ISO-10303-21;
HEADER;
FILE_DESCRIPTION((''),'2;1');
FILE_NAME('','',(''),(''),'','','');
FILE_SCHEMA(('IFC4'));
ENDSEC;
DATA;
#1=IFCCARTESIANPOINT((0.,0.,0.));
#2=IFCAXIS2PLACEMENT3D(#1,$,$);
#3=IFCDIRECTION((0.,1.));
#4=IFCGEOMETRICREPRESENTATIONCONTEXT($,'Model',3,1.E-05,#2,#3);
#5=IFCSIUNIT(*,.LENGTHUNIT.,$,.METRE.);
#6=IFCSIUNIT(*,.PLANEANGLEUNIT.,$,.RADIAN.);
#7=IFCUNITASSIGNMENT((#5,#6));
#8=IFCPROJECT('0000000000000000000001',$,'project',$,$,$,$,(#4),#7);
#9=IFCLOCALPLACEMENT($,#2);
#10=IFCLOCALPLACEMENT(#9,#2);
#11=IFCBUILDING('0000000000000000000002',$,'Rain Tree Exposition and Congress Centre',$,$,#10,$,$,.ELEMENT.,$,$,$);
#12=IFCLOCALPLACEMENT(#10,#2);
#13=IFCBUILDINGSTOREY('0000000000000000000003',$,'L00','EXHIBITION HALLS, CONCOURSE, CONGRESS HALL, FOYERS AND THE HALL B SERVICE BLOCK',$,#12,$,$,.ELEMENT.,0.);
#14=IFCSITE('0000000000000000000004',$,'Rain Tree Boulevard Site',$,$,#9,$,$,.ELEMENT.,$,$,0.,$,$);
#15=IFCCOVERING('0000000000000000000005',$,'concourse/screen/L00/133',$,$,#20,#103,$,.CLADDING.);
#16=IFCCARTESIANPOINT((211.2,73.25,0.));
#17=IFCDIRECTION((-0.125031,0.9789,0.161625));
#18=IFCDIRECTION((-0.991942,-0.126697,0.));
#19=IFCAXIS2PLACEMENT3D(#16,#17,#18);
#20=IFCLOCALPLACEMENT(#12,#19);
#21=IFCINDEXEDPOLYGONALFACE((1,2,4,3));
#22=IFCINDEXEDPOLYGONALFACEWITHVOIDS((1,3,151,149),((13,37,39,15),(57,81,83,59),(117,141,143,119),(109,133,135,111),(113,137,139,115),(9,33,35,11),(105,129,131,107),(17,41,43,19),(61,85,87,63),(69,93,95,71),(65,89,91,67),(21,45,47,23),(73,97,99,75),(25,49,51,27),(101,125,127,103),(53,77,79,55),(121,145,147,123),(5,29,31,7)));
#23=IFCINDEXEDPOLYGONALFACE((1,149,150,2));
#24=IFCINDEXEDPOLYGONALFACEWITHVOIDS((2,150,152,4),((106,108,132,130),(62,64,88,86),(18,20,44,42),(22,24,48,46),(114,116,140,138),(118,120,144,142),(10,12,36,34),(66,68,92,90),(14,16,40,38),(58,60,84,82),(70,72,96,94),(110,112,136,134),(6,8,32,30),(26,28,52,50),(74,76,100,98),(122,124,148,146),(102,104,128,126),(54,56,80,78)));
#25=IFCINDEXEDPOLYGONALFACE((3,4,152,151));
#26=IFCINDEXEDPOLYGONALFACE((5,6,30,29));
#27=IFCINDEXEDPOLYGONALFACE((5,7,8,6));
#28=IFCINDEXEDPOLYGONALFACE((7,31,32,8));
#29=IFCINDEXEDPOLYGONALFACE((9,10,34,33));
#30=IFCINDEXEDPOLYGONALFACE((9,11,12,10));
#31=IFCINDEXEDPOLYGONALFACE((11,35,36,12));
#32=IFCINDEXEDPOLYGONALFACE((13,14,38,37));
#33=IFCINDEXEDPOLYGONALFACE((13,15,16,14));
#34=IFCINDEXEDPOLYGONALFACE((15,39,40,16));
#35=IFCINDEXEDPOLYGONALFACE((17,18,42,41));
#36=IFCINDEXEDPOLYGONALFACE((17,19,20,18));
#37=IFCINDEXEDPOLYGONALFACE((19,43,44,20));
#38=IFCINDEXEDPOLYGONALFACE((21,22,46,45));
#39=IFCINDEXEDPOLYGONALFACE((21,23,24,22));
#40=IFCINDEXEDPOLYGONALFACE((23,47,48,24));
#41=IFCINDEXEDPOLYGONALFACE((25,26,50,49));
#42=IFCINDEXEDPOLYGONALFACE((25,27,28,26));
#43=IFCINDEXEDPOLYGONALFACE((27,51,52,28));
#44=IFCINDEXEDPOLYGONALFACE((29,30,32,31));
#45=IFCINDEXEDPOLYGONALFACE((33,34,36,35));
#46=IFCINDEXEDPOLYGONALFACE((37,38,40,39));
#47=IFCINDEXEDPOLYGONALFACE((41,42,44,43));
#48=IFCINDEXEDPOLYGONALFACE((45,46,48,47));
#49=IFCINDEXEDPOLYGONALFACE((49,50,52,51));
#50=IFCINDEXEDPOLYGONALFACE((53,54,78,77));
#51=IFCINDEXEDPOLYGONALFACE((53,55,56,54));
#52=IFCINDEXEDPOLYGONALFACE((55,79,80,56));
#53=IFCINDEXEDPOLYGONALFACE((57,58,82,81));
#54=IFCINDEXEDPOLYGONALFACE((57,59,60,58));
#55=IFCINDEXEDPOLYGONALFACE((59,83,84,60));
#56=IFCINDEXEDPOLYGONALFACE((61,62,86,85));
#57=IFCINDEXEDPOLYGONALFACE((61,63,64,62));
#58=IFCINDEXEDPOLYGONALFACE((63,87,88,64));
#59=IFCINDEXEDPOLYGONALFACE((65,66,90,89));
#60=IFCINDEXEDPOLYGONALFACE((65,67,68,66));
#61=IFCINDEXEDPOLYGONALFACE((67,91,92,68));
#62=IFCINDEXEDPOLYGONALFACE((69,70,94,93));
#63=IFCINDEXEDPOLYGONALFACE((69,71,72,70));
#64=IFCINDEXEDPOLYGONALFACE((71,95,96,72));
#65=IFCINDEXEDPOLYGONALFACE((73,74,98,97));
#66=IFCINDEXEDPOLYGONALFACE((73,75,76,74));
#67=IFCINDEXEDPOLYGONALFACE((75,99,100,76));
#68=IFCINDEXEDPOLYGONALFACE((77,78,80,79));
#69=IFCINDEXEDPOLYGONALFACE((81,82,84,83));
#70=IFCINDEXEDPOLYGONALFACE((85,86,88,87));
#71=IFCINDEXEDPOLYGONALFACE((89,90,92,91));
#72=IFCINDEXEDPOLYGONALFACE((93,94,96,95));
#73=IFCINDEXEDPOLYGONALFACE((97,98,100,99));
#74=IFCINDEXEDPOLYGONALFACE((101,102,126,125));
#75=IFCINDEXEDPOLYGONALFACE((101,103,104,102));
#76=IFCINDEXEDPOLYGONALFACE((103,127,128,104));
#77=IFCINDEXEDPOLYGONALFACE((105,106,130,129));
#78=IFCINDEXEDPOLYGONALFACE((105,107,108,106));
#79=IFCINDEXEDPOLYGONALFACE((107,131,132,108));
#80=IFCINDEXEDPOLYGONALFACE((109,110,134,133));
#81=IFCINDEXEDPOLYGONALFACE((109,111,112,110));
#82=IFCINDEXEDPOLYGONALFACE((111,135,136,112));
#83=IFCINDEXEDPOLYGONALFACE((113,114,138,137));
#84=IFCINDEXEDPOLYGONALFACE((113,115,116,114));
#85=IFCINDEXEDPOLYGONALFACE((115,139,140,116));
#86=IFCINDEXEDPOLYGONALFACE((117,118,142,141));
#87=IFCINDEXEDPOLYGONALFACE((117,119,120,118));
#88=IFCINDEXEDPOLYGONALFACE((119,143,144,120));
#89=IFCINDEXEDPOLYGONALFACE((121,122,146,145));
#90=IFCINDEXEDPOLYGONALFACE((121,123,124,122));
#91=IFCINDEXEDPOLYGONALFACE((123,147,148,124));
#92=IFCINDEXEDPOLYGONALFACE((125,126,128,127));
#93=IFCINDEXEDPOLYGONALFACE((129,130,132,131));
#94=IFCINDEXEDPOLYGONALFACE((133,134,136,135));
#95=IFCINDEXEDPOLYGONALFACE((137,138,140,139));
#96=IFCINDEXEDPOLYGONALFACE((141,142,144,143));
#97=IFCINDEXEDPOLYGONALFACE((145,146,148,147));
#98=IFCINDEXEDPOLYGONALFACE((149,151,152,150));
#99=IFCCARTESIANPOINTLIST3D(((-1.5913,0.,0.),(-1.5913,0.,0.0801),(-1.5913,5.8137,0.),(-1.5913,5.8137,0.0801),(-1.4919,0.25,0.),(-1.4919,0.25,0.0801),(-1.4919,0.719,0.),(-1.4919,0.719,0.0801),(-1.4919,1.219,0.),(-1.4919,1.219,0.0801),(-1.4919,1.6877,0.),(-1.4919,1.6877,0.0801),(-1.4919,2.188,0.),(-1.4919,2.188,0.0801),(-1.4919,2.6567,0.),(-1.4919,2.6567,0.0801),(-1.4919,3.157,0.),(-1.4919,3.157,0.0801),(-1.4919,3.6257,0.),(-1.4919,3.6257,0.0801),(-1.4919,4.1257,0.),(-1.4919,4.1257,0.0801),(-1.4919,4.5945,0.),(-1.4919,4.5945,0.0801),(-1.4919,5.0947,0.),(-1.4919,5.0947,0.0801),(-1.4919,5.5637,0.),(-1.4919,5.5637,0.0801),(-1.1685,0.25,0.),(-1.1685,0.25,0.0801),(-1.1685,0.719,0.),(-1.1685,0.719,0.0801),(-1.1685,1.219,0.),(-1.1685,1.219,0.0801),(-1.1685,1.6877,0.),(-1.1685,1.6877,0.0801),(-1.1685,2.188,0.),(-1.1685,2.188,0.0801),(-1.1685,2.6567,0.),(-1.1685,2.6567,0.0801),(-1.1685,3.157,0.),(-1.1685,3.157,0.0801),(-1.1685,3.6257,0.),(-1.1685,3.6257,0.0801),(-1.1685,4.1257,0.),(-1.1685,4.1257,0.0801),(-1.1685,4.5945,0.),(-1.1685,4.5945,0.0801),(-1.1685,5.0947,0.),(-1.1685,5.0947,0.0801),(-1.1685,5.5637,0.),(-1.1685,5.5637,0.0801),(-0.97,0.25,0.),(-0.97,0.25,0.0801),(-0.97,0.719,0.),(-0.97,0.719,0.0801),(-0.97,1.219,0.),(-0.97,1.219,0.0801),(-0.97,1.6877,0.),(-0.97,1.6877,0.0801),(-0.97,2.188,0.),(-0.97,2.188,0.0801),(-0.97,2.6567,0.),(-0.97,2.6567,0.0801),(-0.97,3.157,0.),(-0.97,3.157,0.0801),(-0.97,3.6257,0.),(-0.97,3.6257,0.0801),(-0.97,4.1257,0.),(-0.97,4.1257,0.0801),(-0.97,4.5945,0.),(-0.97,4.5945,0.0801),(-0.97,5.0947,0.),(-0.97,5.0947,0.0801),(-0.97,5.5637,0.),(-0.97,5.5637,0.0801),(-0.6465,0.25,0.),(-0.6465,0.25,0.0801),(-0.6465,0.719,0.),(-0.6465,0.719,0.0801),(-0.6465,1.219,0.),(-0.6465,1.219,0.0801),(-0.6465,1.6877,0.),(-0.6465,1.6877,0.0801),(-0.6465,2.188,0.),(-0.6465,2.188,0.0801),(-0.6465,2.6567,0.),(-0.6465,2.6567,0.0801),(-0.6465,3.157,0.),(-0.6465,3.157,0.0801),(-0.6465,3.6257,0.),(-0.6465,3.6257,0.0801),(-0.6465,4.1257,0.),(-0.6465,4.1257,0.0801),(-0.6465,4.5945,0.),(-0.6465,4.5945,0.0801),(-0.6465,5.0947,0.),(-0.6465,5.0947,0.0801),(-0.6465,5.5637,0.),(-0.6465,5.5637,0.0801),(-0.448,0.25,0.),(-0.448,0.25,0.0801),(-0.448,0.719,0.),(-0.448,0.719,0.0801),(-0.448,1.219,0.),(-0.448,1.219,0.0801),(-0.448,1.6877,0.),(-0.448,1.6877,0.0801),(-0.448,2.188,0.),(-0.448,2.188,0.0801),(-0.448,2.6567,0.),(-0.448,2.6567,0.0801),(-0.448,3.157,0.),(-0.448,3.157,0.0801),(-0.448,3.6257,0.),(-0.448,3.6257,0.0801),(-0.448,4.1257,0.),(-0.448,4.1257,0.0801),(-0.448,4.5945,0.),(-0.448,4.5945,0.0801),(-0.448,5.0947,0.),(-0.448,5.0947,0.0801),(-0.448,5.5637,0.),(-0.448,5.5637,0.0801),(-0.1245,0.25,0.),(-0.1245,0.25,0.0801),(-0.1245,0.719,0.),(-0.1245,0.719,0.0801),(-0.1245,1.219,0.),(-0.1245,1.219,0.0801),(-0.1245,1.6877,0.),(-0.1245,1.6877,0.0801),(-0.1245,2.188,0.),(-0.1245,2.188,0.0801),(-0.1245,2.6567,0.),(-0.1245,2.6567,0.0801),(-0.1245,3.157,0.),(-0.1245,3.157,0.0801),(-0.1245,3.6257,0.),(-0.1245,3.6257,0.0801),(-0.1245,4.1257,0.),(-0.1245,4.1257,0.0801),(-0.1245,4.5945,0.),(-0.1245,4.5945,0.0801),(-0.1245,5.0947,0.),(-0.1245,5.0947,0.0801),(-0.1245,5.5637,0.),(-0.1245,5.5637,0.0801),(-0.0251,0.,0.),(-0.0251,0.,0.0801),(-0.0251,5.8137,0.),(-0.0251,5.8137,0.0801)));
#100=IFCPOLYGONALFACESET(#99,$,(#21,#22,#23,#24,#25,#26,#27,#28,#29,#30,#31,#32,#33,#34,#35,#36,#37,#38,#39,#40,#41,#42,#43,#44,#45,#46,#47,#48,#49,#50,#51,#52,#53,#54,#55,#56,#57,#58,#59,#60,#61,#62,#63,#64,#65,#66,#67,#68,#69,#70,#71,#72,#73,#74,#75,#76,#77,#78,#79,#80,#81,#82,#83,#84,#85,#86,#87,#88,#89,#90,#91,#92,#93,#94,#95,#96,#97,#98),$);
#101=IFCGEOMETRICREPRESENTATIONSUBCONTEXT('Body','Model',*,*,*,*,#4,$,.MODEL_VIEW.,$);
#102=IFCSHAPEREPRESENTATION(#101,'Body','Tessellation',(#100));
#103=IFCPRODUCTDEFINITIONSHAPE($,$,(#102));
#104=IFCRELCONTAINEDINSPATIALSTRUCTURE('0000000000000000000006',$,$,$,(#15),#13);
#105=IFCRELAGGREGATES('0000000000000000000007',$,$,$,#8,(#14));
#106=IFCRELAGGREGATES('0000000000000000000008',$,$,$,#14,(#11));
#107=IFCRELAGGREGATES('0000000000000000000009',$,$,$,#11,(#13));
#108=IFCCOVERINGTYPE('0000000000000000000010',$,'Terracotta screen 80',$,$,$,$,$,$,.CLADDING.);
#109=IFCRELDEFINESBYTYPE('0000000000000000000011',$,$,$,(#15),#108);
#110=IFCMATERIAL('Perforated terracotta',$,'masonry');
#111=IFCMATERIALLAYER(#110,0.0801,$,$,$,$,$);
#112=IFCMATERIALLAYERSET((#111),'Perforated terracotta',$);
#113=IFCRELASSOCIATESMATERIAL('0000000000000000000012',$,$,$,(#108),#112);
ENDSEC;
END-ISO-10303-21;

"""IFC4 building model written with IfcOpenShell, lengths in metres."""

from ifc_helpers import new_model, si_unit, direction, frame, origin, place, context, subcontext, project, spatial, polyline, outline, extrude, material, layer, layer_set, type_object, element, save


model = new_model("IFC4")

# Units and contexts
model_context = context("Model", 3, precision=1e-05, world=origin(), true_north=direction((0.0, 1.0)))
body_context = subcontext(model_context, "Body", "Model", "MODEL_VIEW")
ifc_project = project(units=[si_unit("LENGTHUNIT", "METRE"), si_unit("PLANEANGLEUNIT", "RADIAN")], contexts=[model_context])

# Site, building, storey
site_placement = place(None, origin())
site = spatial("IfcSite", under=ifc_project, at=site_placement, Name="Rain Tree Boulevard Site", CompositionType="ELEMENT", RefElevation=0.0)
building_placement = place(site_placement, origin())
building = spatial("IfcBuilding", under=site, at=building_placement, Name="Rain Tree Exposition and Congress Centre", CompositionType="ELEMENT")
storey_placement = place(building_placement, origin())
storey = spatial("IfcBuildingStorey", under=building, at=storey_placement, Name="L00", Description="EXHIBITION HALLS, CONCOURSE, CONGRESS HALL, FOYERS AND THE HALL B SERVICE BLOCK", CompositionType="ELEMENT", Elevation=0.0)

# Covering
ifc_material_1 = material(Name="Perforated terracotta", Category="masonry")
ifc_layer_1 = layer(ifc_material_1, 0.0801)
ifc_layer_set_1 = layer_set([ifc_layer_1], Name="Perforated terracotta")
covering_type = type_object("IfcCoveringType", Name="Terracotta screen 80", PredefinedType="CLADDING", material=ifc_layer_set_1)
covering_1_placement = place(storey_placement, frame((211.2, 73.25, 0.0), z_axis=(-0.125031, 0.9789, 0.161625), x_axis=(-0.991942, -0.126697, 0.0)))
element("IfcCovering", 1, at=covering_1_placement, inside=storey, type_object=covering_type, Name="concourse/screen/L00/133", PredefinedType="CLADDING", context=body_context, shape_type="SweptSolid", body=[
    extrude(outline(polyline([(-0.0251, 0.0), (-1.5913, 0.0), (-1.5913, 5.8137), (-0.0251, 5.8137), (-0.0251, 0.0)]), holes=[polyline([(-0.1245, 0.25), (-0.1245, 0.719), (-0.448, 0.719), (-0.448, 0.25), (-0.1245, 0.25)]), polyline([(-0.1245, 1.219), (-0.1245, 1.6877), (-0.448, 1.6877), (-0.448, 1.219), (-0.1245, 1.219)]), polyline([(-0.1245, 2.188), (-0.1245, 2.6567), (-0.448, 2.6567), (-0.448, 2.188), (-0.1245, 2.188)]), polyline([(-0.1245, 3.157), (-0.1245, 3.6257), (-0.448, 3.6257), (-0.448, 3.157), (-0.1245, 3.157)]), polyline([(-0.1245, 4.1257), (-0.1245, 4.5945), (-0.448, 4.5945), (-0.448, 4.1257), (-0.1245, 4.1257)]), polyline([(-0.1245, 5.0947), (-0.1245, 5.5637), (-0.448, 5.5637), (-0.448, 5.0947), (-0.1245, 5.0947)]), polyline([(-0.6465, 0.25), (-0.6465, 0.719), (-0.97, 0.719), (-0.97, 0.25), (-0.6465, 0.25)]), polyline([(-0.6465, 1.219), (-0.6465, 1.6877), (-0.97, 1.6877), (-0.97, 1.219), (-0.6465, 1.219)]), polyline([(-0.6465, 2.188), (-0.6465, 2.6567), (-0.97, 2.6567), (-0.97, 2.188), (-0.6465, 2.188)]), polyline([(-0.6465, 3.157), (-0.6465, 3.6257), (-0.97, 3.6257), (-0.97, 3.157), (-0.6465, 3.157)]), polyline([(-0.6465, 4.1257), (-0.6465, 4.5945), (-0.97, 4.5945), (-0.97, 4.1257), (-0.6465, 4.1257)]), polyline([(-0.6465, 5.0947), (-0.6465, 5.5637), (-0.97, 5.5637), (-0.97, 5.0947), (-0.6465, 5.0947)]), polyline([(-1.1685, 0.25), (-1.1685, 0.719), (-1.4919, 0.719), (-1.4919, 0.25), (-1.1685, 0.25)]), polyline([(-1.1685, 1.219), (-1.1685, 1.6877), (-1.4919, 1.6877), (-1.4919, 1.219), (-1.1685, 1.219)]), polyline([(-1.1685, 2.188), (-1.1685, 2.6567), (-1.4919, 2.6567), (-1.4919, 2.188), (-1.1685, 2.188)]), polyline([(-1.1685, 3.157), (-1.1685, 3.6257), (-1.4919, 3.6257), (-1.4919, 3.157), (-1.1685, 3.157)]), polyline([(-1.1685, 4.1257), (-1.1685, 4.5945), (-1.4919, 4.5945), (-1.4919, 4.1257), (-1.1685, 4.1257)]), polyline([(-1.1685, 5.0947), (-1.1685, 5.5637), (-1.4919, 5.5637), (-1.4919, 5.0947), (-1.1685, 5.0947)])]), origin(), (0.0, 0.0, 1.0), 0.0801),
])

save(model, "model.ifc")
